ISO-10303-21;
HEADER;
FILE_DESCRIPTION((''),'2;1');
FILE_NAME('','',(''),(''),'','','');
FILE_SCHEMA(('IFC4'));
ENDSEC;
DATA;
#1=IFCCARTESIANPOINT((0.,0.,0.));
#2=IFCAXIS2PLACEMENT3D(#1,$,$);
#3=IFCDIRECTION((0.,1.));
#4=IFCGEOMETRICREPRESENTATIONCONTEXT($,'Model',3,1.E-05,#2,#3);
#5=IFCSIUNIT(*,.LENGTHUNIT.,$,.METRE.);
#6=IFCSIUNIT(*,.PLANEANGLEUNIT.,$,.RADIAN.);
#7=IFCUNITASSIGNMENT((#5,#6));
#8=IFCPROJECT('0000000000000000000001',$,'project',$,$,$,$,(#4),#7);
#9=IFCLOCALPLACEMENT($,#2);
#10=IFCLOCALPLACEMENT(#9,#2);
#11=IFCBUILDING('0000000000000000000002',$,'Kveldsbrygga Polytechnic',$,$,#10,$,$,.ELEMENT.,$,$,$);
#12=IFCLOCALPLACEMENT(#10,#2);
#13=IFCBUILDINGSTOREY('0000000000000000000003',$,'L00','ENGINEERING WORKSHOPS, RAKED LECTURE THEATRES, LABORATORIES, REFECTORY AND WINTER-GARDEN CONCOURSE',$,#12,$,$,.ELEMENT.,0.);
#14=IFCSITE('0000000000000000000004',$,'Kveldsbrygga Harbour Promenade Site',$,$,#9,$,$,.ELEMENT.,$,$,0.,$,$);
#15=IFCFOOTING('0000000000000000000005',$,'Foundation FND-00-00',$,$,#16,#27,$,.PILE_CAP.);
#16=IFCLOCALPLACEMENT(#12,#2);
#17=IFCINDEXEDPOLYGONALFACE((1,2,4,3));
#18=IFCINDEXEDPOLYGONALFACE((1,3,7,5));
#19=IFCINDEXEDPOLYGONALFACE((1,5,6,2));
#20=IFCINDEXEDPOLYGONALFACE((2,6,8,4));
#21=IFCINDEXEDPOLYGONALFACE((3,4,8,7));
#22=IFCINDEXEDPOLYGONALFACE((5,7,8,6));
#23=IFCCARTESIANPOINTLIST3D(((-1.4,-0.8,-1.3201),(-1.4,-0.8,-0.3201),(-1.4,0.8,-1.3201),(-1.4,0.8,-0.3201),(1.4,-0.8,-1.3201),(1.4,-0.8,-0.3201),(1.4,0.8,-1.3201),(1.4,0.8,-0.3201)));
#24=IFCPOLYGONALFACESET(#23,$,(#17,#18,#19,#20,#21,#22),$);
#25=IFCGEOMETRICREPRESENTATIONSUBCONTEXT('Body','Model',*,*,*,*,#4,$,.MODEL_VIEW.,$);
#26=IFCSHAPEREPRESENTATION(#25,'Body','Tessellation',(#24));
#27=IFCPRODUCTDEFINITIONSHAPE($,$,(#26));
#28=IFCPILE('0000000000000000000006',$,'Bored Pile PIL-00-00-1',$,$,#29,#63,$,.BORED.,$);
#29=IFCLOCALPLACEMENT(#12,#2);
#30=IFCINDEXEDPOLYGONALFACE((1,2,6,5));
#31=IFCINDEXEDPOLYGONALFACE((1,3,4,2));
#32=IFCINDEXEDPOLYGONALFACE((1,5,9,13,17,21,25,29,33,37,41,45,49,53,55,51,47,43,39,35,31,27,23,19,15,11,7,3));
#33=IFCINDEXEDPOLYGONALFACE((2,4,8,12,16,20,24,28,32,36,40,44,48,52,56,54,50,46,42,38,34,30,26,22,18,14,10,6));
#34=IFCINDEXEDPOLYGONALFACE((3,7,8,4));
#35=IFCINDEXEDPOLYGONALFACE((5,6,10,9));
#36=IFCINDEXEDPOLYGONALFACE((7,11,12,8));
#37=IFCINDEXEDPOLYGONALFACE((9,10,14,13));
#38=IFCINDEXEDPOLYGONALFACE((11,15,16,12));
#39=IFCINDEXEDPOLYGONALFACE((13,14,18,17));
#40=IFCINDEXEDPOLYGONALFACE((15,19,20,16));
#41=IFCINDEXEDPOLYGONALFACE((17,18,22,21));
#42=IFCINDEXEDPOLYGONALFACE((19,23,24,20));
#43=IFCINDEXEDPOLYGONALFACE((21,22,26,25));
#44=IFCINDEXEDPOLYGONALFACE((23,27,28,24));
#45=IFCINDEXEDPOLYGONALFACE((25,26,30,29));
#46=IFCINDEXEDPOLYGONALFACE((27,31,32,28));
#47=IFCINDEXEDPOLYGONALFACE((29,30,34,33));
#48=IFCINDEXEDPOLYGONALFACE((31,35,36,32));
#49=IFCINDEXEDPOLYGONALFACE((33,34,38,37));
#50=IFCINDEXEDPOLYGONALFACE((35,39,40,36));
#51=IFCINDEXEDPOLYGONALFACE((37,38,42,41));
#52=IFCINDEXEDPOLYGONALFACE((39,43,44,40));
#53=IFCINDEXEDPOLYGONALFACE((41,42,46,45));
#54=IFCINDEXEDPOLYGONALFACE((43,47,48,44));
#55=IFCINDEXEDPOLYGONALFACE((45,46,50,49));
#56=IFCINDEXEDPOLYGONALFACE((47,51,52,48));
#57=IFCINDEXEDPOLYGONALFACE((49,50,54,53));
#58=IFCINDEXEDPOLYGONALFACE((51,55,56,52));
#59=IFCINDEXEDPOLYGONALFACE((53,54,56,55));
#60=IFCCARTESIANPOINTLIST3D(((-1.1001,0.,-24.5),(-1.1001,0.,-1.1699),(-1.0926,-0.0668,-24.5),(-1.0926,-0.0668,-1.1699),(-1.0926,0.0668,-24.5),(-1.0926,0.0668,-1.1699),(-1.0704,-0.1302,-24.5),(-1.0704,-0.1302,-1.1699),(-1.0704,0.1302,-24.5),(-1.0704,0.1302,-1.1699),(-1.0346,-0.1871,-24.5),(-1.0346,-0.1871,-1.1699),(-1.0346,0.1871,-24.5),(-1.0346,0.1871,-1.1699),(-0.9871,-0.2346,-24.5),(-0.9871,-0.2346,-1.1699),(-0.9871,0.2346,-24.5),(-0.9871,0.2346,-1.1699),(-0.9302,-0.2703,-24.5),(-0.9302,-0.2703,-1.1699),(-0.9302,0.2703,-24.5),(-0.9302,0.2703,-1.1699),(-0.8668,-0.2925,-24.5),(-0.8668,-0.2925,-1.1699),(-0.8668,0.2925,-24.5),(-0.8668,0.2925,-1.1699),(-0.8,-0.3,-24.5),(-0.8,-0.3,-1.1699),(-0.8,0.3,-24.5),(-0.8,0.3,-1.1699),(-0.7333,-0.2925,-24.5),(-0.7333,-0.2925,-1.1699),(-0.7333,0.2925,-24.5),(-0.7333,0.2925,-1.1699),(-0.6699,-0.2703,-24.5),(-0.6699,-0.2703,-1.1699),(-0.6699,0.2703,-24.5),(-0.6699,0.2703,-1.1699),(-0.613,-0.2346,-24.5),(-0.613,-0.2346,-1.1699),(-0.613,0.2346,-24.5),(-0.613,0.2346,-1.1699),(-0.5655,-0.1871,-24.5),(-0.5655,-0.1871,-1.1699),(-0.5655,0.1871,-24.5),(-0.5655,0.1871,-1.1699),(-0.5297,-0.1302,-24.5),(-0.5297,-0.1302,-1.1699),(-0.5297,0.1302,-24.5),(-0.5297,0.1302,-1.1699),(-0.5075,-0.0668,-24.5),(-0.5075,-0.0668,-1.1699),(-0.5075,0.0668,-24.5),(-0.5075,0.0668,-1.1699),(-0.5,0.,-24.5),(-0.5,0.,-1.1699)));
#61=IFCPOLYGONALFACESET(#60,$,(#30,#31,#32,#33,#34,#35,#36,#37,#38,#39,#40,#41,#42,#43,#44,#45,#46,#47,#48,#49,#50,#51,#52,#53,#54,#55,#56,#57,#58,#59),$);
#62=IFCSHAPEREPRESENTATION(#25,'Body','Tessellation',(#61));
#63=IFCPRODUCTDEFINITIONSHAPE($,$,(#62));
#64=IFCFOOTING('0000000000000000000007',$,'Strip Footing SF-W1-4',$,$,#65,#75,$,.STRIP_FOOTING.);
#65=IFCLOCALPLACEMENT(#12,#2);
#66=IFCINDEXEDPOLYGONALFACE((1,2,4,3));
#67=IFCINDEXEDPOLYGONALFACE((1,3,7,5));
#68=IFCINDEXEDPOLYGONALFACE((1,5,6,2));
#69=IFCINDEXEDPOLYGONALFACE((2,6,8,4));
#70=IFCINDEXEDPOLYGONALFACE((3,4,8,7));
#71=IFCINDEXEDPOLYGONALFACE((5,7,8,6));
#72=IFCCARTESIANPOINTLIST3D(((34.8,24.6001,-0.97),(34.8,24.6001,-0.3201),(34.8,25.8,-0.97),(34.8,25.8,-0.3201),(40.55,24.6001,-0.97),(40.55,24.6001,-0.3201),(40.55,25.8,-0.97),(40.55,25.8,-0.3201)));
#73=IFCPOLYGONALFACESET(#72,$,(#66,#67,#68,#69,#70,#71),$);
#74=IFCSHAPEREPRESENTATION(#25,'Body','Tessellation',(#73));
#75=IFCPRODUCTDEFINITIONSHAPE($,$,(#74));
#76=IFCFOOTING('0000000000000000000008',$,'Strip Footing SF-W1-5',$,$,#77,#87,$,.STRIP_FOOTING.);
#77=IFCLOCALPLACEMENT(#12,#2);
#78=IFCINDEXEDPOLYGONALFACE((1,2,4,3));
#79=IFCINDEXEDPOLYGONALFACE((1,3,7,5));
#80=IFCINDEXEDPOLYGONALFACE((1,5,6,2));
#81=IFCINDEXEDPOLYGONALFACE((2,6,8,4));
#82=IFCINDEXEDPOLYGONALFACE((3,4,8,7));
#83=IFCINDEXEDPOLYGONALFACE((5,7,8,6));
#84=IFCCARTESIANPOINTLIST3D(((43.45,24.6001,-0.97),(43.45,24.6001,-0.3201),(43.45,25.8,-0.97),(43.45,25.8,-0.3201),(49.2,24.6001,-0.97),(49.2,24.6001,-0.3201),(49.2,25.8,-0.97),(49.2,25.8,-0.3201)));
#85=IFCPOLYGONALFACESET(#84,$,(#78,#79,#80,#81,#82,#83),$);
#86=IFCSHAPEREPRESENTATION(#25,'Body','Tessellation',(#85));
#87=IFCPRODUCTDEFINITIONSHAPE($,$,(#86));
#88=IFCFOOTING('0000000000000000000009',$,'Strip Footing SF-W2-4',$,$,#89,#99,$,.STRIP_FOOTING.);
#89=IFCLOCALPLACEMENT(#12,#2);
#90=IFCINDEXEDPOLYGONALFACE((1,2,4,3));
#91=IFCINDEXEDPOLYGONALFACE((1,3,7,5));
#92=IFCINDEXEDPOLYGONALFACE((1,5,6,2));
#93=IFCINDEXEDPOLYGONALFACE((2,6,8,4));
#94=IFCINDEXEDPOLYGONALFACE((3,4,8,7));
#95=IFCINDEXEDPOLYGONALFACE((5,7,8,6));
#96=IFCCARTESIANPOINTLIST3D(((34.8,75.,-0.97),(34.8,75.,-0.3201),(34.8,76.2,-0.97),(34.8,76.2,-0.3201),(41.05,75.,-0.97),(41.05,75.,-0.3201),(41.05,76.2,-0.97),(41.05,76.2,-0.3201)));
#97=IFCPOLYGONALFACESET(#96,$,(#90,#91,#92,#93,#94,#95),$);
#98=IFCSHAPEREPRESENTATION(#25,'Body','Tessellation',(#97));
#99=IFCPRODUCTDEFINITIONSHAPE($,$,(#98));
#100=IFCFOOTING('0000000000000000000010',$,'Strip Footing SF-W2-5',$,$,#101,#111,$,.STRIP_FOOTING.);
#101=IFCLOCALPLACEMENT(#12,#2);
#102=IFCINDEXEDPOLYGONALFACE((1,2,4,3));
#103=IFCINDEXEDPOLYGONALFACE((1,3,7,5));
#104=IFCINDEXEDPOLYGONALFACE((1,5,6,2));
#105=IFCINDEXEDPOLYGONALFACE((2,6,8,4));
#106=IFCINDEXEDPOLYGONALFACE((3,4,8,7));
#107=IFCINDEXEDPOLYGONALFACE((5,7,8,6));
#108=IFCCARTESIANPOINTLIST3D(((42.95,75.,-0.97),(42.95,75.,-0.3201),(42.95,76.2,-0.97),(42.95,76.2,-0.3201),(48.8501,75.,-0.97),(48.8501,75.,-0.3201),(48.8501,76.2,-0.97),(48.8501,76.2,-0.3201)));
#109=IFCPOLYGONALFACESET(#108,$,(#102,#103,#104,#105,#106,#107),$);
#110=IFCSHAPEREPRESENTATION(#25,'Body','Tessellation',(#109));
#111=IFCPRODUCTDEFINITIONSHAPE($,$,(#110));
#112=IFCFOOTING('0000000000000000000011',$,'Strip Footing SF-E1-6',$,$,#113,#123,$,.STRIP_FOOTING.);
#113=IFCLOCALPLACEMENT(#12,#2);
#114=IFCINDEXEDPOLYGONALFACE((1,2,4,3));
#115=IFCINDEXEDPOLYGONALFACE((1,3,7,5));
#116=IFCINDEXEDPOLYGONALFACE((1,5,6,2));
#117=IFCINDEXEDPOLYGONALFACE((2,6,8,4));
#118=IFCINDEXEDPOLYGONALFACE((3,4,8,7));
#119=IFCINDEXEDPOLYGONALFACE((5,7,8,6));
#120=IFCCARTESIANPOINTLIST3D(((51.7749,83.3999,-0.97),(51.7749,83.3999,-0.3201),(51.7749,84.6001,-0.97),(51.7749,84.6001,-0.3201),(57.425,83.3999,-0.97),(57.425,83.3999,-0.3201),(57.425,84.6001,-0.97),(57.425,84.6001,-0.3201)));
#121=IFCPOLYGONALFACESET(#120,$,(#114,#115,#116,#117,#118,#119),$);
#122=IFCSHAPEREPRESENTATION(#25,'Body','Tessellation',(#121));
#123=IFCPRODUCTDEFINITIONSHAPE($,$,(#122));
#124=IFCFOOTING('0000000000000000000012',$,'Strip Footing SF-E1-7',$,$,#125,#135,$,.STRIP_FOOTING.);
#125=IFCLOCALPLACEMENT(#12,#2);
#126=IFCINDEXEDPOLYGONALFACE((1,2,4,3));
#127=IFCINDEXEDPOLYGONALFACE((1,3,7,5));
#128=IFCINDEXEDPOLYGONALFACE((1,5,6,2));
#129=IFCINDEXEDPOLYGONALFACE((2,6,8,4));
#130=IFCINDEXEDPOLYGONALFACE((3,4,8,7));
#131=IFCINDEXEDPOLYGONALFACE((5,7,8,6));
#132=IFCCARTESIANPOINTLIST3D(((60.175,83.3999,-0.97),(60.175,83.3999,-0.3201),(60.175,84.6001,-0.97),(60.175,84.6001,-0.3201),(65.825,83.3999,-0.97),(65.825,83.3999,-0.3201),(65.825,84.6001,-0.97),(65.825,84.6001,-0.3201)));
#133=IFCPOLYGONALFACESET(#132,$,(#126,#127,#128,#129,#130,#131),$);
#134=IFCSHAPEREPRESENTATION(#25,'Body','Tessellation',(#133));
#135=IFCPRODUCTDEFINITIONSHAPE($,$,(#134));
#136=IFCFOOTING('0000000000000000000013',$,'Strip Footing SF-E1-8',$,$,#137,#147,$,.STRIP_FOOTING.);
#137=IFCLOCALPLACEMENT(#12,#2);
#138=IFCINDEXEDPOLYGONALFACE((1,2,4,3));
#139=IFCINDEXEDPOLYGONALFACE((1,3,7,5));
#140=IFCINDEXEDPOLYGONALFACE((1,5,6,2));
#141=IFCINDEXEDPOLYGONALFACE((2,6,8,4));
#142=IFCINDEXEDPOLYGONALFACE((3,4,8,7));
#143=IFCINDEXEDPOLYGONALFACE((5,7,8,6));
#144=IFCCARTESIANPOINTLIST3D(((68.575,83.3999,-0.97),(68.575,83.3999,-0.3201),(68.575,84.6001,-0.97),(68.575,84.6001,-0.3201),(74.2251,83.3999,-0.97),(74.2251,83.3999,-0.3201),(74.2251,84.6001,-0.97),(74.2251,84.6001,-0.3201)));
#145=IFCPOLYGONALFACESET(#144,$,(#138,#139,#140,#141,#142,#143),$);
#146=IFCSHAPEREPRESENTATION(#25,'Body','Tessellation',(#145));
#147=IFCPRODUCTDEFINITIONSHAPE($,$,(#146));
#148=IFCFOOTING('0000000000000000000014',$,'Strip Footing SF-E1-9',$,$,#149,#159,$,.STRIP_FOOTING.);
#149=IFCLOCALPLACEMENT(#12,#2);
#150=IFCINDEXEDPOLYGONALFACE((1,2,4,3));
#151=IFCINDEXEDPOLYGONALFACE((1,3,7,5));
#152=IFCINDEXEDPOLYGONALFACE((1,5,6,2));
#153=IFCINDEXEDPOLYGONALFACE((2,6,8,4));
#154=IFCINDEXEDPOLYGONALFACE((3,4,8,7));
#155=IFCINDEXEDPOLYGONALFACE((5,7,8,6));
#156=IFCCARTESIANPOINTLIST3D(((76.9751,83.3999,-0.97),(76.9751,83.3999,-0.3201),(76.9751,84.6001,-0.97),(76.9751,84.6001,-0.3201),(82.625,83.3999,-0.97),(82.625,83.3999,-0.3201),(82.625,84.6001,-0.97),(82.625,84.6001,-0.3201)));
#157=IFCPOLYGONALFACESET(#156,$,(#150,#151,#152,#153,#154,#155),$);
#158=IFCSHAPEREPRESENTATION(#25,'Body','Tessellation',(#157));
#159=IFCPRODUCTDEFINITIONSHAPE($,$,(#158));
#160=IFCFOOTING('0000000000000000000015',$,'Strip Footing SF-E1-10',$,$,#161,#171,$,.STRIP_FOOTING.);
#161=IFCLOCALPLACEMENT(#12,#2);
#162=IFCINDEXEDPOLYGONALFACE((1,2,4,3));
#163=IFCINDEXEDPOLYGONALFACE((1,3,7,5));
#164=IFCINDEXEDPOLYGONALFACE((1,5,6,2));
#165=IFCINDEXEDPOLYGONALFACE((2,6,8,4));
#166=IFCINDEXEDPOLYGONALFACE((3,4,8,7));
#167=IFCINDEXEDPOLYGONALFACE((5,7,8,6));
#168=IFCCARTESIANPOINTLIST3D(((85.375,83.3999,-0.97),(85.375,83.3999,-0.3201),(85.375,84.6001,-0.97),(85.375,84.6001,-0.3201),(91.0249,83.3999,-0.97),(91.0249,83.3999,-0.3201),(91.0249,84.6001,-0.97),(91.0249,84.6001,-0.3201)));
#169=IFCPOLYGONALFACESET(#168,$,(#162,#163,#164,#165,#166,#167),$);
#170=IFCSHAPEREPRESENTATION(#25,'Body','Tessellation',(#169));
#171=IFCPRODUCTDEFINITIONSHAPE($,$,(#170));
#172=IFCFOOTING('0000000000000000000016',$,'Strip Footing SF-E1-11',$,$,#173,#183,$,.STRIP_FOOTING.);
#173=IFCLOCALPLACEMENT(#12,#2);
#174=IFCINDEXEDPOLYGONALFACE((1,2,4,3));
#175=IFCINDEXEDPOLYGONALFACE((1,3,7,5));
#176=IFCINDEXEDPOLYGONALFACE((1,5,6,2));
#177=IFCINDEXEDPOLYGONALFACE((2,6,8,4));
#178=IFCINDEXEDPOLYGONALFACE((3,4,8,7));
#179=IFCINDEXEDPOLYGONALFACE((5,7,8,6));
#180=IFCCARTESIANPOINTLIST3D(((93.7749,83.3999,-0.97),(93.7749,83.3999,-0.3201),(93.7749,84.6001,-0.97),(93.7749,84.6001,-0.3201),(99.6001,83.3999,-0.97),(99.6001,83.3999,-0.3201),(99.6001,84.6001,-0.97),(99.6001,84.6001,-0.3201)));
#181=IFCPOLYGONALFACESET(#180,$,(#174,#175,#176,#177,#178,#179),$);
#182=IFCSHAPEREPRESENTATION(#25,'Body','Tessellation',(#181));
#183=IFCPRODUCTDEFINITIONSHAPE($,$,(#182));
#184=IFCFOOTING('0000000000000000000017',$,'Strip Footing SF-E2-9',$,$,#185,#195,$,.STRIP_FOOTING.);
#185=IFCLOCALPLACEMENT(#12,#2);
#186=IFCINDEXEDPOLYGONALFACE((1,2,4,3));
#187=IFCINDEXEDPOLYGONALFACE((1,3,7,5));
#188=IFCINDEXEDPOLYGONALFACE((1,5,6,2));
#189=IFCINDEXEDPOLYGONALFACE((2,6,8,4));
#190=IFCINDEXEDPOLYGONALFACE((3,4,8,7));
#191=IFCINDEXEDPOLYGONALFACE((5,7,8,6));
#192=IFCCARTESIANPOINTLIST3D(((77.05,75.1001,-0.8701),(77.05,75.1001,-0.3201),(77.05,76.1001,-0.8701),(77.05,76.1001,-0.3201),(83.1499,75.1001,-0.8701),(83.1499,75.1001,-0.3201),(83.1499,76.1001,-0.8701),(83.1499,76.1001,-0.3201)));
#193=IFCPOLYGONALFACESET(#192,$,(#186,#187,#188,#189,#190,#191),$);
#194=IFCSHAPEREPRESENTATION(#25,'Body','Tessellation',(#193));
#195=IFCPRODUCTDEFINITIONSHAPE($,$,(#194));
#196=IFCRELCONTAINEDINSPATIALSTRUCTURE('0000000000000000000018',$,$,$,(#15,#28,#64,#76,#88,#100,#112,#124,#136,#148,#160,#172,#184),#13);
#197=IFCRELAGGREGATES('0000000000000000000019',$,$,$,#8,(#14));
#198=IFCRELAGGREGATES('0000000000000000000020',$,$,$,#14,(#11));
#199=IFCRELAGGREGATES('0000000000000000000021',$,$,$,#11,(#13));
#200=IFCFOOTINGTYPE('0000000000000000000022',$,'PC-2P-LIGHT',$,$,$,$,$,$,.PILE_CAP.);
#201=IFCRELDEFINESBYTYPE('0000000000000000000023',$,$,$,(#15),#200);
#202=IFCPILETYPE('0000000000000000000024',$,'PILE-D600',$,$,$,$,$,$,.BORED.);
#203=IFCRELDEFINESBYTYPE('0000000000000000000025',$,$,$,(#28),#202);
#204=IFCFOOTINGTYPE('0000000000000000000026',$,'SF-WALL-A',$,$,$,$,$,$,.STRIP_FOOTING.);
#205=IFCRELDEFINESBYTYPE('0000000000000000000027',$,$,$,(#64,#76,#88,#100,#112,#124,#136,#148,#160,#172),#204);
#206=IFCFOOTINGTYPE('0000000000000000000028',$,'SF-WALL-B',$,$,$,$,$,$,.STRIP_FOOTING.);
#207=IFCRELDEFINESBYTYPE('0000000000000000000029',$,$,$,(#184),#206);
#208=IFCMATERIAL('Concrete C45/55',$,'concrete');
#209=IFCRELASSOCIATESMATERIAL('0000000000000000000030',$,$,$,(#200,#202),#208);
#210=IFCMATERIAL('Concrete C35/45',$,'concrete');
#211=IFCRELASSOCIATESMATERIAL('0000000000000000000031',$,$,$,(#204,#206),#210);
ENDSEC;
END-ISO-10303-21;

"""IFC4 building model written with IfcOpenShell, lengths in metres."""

from ifc_helpers import new_model, si_unit, direction, frame, origin, origin_2d, place, context, subcontext, project, spatial, polyline, rectangle, circle, outline, extrude, material, material_profile, profile_set, type_object, element, save


model = new_model("IFC4")

# Units and contexts
model_context = context("Model", 3, precision=1e-05, world=origin(), true_north=direction((0.0, 1.0)))
body_context = subcontext(model_context, "Body", "Model", "MODEL_VIEW")
ifc_project = project(units=[si_unit("LENGTHUNIT", "METRE"), si_unit("PLANEANGLEUNIT", "RADIAN")], contexts=[model_context])

# Site, building, storey
site_placement = place(None, origin())
site = spatial("IfcSite", under=ifc_project, at=site_placement, Name="Kveldsbrygga Harbour Promenade Site", CompositionType="ELEMENT", RefElevation=0.0)
building_placement = place(site_placement, origin())
building = spatial("IfcBuilding", under=site, at=building_placement, Name="Kveldsbrygga Polytechnic", CompositionType="ELEMENT")
storey_placement = place(building_placement, origin())
storey = spatial("IfcBuildingStorey", under=building, at=storey_placement, Name="L00", Description="ENGINEERING WORKSHOPS, RAKED LECTURE THEATRES, LABORATORIES, REFECTORY AND WINTER-GARDEN CONCOURSE", CompositionType="ELEMENT", Elevation=0.0)

# Footing
ifc_material_1 = material(Name="Concrete C45/55", Category="concrete")
footing_type_1 = type_object("IfcFootingType", Name="PC-2P-LIGHT", PredefinedType="PILE_CAP", material=ifc_material_1)
footing_1_placement = place(storey_placement, frame((0.0, 0.0, -1.3201), z_axis=(0.0, 0.0, 1.0), x_axis=(1.0, 0.0, 0.0)))
element("IfcFooting", 1, at=footing_1_placement, inside=storey, type_object=footing_type_1, Name="Foundation FND-00-00", PredefinedType="PILE_CAP", context=body_context, shape_type="SweptSolid", body=[
    extrude(rectangle(XDim=2.8, YDim=1.6001, at=origin_2d()), origin(), (0.0, 0.0, 1.0), 1.0),
])

# Pile
ifc_material_profile = material_profile(ifc_material_1, circle(Radius=0.3, at=origin_2d()), Name="PILE D600")
ifc_profile_set = profile_set([ifc_material_profile], Name="Concrete C45/55")
pile_type = type_object("IfcPileType", Name="PILE-D600", PredefinedType="BORED", material=ifc_profile_set)
pile_placement = place(storey_placement, frame((-0.8, 0.0, -1.1699), z_axis=(0.0, 0.0, -1.0), x_axis=(1.0, 0.0, 0.0)))
element("IfcPile", 2, at=pile_placement, inside=storey, type_object=pile_type, Name="Bored Pile PIL-00-00-1", PredefinedType="BORED", context=body_context, shape_type="SweptSolid", body=[
    extrude(circle(Radius=0.3, at=origin_2d()), origin(), (0.0, 0.0, 1.0), 23.3301),
])

# Footings
ifc_material_2 = material(Name="Concrete C35/45", Category="concrete")
footing_type_2 = type_object("IfcFootingType", Name="SF-WALL-A", PredefinedType="STRIP_FOOTING", material=ifc_material_2)
footing_2_placement = place(storey_placement, frame((0.0, 0.0, -0.97)))
element("IfcFooting", 3, at=footing_2_placement, inside=storey, type_object=footing_type_2, Name="Strip Footing SF-W1-4", PredefinedType="STRIP_FOOTING", context=body_context, shape_type="SweptSolid", body=[
    extrude(outline(polyline([(34.8, 24.6001), (40.55, 24.6001), (40.55, 25.8), (34.8, 25.8), (34.8, 24.6001)])), origin(), (0.0, 0.0, 1.0), 0.6499),
])
footing_3_placement = place(storey_placement, frame((0.0, 0.0, -0.97)))
element("IfcFooting", 4, at=footing_3_placement, inside=storey, type_object=footing_type_2, Name="Strip Footing SF-W1-5", PredefinedType="STRIP_FOOTING", context=body_context, shape_type="SweptSolid", body=[
    extrude(outline(polyline([(43.45, 24.6001), (49.2, 24.6001), (49.2, 25.8), (43.45, 25.8), (43.45, 24.6001)])), origin(), (0.0, 0.0, 1.0), 0.6499),
])
footing_4_placement = place(storey_placement, frame((0.0, 0.0, -0.97)))
element("IfcFooting", 5, at=footing_4_placement, inside=storey, type_object=footing_type_2, Name="Strip Footing SF-W2-4", PredefinedType="STRIP_FOOTING", context=body_context, shape_type="SweptSolid", body=[
    extrude(outline(polyline([(34.8, 75.0), (41.05, 75.0), (41.05, 76.2), (34.8, 76.2), (34.8, 75.0)])), origin(), (0.0, 0.0, 1.0), 0.6499),
])
footing_5_placement = place(storey_placement, frame((0.0, 0.0, -0.97)))
element("IfcFooting", 6, at=footing_5_placement, inside=storey, type_object=footing_type_2, Name="Strip Footing SF-W2-5", PredefinedType="STRIP_FOOTING", context=body_context, shape_type="SweptSolid", body=[
    extrude(outline(polyline([(42.95, 75.0), (48.8501, 75.0), (48.8501, 76.2), (42.95, 76.2), (42.95, 75.0)])), origin(), (0.0, 0.0, 1.0), 0.6499),
])
footing_6_placement = place(storey_placement, frame((0.0, 0.0, -0.97)))
element("IfcFooting", 7, at=footing_6_placement, inside=storey, type_object=footing_type_2, Name="Strip Footing SF-E1-6", PredefinedType="STRIP_FOOTING", context=body_context, shape_type="SweptSolid", body=[
    extrude(outline(polyline([(51.7749, 83.3999), (57.425, 83.3999), (57.425, 84.6001), (51.7749, 84.6001), (51.7749, 83.3999)])), origin(), (0.0, 0.0, 1.0), 0.6499),
])
footing_7_placement = place(storey_placement, frame((0.0, 0.0, -0.97)))
element("IfcFooting", 8, at=footing_7_placement, inside=storey, type_object=footing_type_2, Name="Strip Footing SF-E1-7", PredefinedType="STRIP_FOOTING", context=body_context, shape_type="SweptSolid", body=[
    extrude(outline(polyline([(60.175, 83.3999), (65.825, 83.3999), (65.825, 84.6001), (60.175, 84.6001), (60.175, 83.3999)])), origin(), (0.0, 0.0, 1.0), 0.6499),
])
footing_8_placement = place(storey_placement, frame((0.0, 0.0, -0.97)))
element("IfcFooting", 9, at=footing_8_placement, inside=storey, type_object=footing_type_2, Name="Strip Footing SF-E1-8", PredefinedType="STRIP_FOOTING", context=body_context, shape_type="SweptSolid", body=[
    extrude(outline(polyline([(68.575, 83.3999), (74.2251, 83.3999), (74.2251, 84.6001), (68.575, 84.6001), (68.575, 83.3999)])), origin(), (0.0, 0.0, 1.0), 0.6499),
])
footing_9_placement = place(storey_placement, frame((0.0, 0.0, -0.97)))
element("IfcFooting", 10, at=footing_9_placement, inside=storey, type_object=footing_type_2, Name="Strip Footing SF-E1-9", PredefinedType="STRIP_FOOTING", context=body_context, shape_type="SweptSolid", body=[
    extrude(outline(polyline([(76.9751, 83.3999), (82.625, 83.3999), (82.625, 84.6001), (76.9751, 84.6001), (76.9751, 83.3999)])), origin(), (0.0, 0.0, 1.0), 0.6499),
])
footing_10_placement = place(storey_placement, frame((0.0, 0.0, -0.97)))
element("IfcFooting", 11, at=footing_10_placement, inside=storey, type_object=footing_type_2, Name="Strip Footing SF-E1-10", PredefinedType="STRIP_FOOTING", context=body_context, shape_type="SweptSolid", body=[
    extrude(outline(polyline([(85.375, 83.3999), (91.0249, 83.3999), (91.0249, 84.6001), (85.375, 84.6001), (85.375, 83.3999)])), origin(), (0.0, 0.0, 1.0), 0.6499),
])
footing_11_placement = place(storey_placement, frame((0.0, 0.0, -0.97)))
element("IfcFooting", 12, at=footing_11_placement, inside=storey, type_object=footing_type_2, Name="Strip Footing SF-E1-11", PredefinedType="STRIP_FOOTING", context=body_context, shape_type="SweptSolid", body=[
    extrude(outline(polyline([(93.7749, 83.3999), (99.6001, 83.3999), (99.6001, 84.6001), (93.7749, 84.6001), (93.7749, 83.3999)])), origin(), (0.0, 0.0, 1.0), 0.6499),
])
footing_type_3 = type_object("IfcFootingType", Name="SF-WALL-B", PredefinedType="STRIP_FOOTING", material=ifc_material_2)
footing_12_placement = place(storey_placement, frame((0.0, 0.0, -0.8701)))
element("IfcFooting", 13, at=footing_12_placement, inside=storey, type_object=footing_type_3, Name="Strip Footing SF-E2-9", PredefinedType="STRIP_FOOTING", context=body_context, shape_type="SweptSolid", body=[
    extrude(outline(polyline([(77.05, 75.1001), (83.1499, 75.1001), (83.1499, 76.1001), (77.05, 76.1001), (77.05, 75.1001)])), origin(), (0.0, 0.0, 1.0), 0.55),
])

save(model, "model.ifc")
